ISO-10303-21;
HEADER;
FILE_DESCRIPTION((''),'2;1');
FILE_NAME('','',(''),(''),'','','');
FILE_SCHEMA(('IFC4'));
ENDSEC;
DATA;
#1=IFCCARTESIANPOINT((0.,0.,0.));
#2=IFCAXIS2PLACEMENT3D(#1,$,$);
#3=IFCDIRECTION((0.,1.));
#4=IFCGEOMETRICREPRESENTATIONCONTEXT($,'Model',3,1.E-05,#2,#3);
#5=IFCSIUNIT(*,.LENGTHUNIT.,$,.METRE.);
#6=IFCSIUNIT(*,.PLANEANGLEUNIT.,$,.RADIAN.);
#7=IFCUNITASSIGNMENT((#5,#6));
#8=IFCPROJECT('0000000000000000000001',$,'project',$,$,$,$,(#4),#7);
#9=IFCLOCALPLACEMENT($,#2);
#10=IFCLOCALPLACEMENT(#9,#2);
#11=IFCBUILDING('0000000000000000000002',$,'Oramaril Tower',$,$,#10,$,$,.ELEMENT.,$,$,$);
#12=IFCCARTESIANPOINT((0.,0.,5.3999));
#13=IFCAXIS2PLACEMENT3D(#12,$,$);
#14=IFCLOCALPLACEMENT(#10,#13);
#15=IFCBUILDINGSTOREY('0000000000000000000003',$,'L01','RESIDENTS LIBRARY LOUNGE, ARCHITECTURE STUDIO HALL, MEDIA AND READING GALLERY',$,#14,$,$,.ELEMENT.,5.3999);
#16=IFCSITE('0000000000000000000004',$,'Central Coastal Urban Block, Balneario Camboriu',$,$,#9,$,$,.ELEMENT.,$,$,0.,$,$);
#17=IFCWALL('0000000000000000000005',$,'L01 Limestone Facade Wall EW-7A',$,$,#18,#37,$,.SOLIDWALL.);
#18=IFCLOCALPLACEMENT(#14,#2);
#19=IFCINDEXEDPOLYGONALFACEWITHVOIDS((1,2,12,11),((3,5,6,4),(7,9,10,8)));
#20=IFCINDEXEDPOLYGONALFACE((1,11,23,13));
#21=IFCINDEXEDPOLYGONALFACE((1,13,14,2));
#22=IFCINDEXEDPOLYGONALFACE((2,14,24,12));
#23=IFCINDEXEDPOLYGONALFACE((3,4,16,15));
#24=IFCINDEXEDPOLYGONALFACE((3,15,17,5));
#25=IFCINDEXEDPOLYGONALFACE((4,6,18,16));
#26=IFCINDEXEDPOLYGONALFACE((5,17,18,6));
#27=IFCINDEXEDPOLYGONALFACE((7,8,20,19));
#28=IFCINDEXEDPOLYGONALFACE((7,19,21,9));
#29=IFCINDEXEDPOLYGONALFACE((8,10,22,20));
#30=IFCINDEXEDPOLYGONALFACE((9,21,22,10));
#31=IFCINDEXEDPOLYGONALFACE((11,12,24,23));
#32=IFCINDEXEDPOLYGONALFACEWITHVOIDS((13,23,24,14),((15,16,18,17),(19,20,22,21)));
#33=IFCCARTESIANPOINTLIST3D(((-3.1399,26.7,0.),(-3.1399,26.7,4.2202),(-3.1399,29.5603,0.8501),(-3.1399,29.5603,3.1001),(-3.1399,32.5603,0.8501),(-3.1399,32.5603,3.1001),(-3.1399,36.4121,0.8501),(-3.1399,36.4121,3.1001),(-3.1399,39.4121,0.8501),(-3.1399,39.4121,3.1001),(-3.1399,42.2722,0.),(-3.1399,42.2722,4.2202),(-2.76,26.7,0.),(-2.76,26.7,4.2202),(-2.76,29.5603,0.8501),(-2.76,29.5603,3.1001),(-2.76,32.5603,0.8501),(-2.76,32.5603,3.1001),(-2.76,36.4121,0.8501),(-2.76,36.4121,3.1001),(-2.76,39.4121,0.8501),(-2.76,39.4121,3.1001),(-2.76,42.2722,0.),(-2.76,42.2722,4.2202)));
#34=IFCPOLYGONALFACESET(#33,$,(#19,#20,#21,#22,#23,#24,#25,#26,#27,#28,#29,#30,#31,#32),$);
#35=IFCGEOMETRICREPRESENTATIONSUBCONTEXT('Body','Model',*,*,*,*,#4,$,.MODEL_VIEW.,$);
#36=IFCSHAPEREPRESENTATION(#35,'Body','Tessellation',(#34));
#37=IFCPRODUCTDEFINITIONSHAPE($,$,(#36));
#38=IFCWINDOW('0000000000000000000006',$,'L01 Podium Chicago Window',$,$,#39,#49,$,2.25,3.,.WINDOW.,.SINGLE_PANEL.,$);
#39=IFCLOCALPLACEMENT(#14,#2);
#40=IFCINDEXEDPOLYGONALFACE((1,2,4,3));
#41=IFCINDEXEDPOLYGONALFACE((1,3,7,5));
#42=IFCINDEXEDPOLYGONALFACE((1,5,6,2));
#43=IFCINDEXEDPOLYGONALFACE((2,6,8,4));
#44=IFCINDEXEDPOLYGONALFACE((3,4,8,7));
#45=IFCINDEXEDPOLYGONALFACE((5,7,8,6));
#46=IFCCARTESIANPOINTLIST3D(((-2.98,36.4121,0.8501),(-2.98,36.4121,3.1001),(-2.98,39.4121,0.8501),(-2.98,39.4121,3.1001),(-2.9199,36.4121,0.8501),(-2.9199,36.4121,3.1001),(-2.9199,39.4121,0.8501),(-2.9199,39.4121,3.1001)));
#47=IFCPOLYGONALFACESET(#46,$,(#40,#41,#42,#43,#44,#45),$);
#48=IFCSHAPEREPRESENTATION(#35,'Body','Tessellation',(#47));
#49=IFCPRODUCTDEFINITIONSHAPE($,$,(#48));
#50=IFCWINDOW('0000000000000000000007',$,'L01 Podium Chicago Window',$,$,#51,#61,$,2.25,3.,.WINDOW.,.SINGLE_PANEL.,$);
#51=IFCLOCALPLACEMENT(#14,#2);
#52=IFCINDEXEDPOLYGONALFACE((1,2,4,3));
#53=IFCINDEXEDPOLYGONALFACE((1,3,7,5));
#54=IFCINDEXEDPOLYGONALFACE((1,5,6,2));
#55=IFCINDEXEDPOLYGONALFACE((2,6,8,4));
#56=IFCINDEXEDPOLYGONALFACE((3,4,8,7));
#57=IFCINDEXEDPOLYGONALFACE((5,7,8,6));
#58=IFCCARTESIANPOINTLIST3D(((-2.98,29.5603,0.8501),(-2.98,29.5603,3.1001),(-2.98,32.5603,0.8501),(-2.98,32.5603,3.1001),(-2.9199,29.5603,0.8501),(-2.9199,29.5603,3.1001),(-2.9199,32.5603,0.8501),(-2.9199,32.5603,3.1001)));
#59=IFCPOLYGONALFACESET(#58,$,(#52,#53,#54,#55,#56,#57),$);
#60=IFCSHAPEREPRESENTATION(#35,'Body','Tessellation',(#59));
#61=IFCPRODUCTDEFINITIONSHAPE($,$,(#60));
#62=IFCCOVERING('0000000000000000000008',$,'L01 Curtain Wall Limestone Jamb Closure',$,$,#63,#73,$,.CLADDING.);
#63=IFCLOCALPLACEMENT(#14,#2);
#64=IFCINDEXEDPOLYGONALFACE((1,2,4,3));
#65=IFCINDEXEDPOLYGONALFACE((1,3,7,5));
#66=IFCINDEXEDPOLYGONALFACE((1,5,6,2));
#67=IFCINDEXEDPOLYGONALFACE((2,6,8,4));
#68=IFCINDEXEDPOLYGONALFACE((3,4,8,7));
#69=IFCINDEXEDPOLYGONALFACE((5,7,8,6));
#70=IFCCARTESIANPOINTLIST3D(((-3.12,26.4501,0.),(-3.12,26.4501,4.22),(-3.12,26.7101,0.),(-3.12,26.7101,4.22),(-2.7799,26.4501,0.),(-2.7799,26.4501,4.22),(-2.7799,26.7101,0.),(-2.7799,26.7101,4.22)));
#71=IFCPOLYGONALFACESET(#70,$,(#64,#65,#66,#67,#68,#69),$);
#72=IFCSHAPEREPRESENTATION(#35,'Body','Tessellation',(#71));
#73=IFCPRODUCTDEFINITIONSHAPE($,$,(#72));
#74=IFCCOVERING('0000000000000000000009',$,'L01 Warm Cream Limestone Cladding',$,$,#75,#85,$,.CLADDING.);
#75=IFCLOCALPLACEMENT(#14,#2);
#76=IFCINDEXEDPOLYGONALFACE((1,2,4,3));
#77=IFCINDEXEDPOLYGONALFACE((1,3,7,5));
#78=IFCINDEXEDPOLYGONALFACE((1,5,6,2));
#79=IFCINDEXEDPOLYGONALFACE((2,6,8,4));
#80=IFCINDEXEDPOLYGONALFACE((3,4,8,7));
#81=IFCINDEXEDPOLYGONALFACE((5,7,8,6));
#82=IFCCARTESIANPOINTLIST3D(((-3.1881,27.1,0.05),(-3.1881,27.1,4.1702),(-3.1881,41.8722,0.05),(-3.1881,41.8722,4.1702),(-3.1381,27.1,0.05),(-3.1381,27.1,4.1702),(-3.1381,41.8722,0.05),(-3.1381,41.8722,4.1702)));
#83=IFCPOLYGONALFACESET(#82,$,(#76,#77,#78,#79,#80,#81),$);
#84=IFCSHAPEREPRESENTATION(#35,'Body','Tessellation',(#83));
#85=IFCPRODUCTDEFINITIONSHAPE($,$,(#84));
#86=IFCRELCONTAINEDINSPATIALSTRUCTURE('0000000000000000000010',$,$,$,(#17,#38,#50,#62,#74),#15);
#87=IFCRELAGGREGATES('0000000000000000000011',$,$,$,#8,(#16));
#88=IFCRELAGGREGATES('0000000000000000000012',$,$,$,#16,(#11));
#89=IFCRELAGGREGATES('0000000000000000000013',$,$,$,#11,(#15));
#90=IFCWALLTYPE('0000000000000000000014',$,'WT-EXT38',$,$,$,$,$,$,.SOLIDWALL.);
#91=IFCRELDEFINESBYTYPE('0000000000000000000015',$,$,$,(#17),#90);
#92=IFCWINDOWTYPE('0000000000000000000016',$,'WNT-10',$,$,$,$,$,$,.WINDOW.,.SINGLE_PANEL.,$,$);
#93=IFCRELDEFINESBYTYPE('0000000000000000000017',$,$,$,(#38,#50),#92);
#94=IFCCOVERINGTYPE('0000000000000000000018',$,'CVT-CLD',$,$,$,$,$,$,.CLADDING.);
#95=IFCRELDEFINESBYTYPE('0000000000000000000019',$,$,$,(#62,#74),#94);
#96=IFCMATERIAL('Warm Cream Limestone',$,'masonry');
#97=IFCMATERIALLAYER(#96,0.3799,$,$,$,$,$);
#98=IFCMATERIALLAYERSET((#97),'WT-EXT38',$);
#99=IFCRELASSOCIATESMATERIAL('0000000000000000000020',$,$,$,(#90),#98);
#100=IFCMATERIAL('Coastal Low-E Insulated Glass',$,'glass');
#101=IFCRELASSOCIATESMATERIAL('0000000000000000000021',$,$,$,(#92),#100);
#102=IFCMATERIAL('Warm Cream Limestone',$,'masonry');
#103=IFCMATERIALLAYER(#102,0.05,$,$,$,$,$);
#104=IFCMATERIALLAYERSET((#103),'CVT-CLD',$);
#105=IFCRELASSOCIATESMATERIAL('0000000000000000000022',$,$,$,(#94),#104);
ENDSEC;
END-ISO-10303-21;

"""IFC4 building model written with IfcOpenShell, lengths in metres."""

from ifc_helpers import new_model, si_unit, direction, frame, frame_2d, origin, origin_2d, place, context, subcontext, project, spatial, rectangle, extrude, material, layer, layer_set, type_object, element, fill, save


model = new_model("IFC4")

# Units and contexts
model_context = context("Model", 3, precision=1e-05, world=origin(), true_north=direction((0.0, 1.0)))
body_context = subcontext(model_context, "Body", "Model", "MODEL_VIEW")
ifc_project = project(units=[si_unit("LENGTHUNIT", "METRE"), si_unit("PLANEANGLEUNIT", "RADIAN")], contexts=[model_context])

# Site, building, storey
site_placement = place(None, origin())
site = spatial("IfcSite", under=ifc_project, at=site_placement, Name="Central Coastal Urban Block, Balneario Camboriu", CompositionType="ELEMENT", RefElevation=0.0)
building_placement = place(site_placement, origin())
building = spatial("IfcBuilding", under=site, at=building_placement, Name="Oramaril Tower", CompositionType="ELEMENT")
storey_placement = place(building_placement, frame((0.0, 0.0, 5.3999)))
storey = spatial("IfcBuildingStorey", under=building, at=storey_placement, Name="L01", Description="RESIDENTS LIBRARY LOUNGE, ARCHITECTURE STUDIO HALL, MEDIA AND READING GALLERY", CompositionType="ELEMENT", Elevation=5.3999)

# Shared definitions
ifc_material_1 = material(Name="Warm Cream Limestone", Category="masonry")
ifc_layer_1 = layer(ifc_material_1, 0.3799)
ifc_layer_set_1 = layer_set([ifc_layer_1], Name="WT-EXT38")
wall_type = type_object("IfcWallType", Name="WT-EXT38", PredefinedType="SOLIDWALL", material=ifc_layer_set_1)

# Wall, openings, windows
wall_1_placement = place(storey_placement, frame((-2.95, 42.2722, 0.0), z_axis=(0.0, 0.0, 1.0), x_axis=(0.0, -1.0, 0.0)))
wall_1 = element("IfcWall", 1, at=wall_1_placement, inside=storey, type_object=wall_type, Name="L01 Limestone Facade Wall EW-7A", PredefinedType="SOLIDWALL", context=body_context, shape_type="SweptSolid", body=[
    extrude(rectangle(XDim=15.5723, YDim=0.3799, at=frame_2d((7.7861, 0.0))), origin(), (0.0, 0.0, 1.0), 4.2202),
])
opening_1_placement = place(wall_1_placement, frame((2.8601, 0.0, 0.8501)))
opening_1 = element("IfcOpeningElement", 2, at=opening_1_placement, cuts=wall_1, PredefinedType="OPENING", context=body_context, shape_type="SweptSolid", body=[
    extrude(rectangle(XDim=3.0, YDim=2.25, at=frame_2d((1.5, 1.125))), frame((0.0, 0.1899, 0.0), z_axis=(0.0, -1.0, 0.0), x_axis=(1.0, 0.0, 0.0)), (0.0, 0.0, 1.0), 0.3799),
])
opening_2_placement = place(wall_1_placement, frame((9.7119, 0.0, 0.8501)))
opening_2 = element("IfcOpeningElement", 3, at=opening_2_placement, cuts=wall_1, PredefinedType="OPENING", context=body_context, shape_type="SweptSolid", body=[
    extrude(rectangle(XDim=3.0, YDim=2.25, at=frame_2d((1.5, 1.125))), frame((0.0, 0.1899, 0.0), z_axis=(0.0, -1.0, 0.0), x_axis=(1.0, 0.0, 0.0)), (0.0, 0.0, 1.0), 0.3799),
])
ifc_material_2 = material(Name="Coastal Low-E Insulated Glass", Category="glass")
window_type = type_object("IfcWindowType", Name="WNT-10", PartitioningType="SINGLE_PANEL", PredefinedType="WINDOW", material=ifc_material_2)
window_1_placement = place(opening_1_placement, origin())
window_1 = element("IfcWindow", 4, at=window_1_placement, inside=storey, type_object=window_type, Name="L01 Podium Chicago Window", OverallHeight=2.25, OverallWidth=3.0, PartitioningType="SINGLE_PANEL", PredefinedType="WINDOW", context=body_context, shape_type="SweptSolid", body=[
    extrude(rectangle(XDim=3.0, YDim=2.25, at=frame_2d((1.5, 1.125))), frame((0.0, 0.03, 0.0), z_axis=(0.0, -1.0, 0.0), x_axis=(1.0, 0.0, 0.0)), (0.0, 0.0, 1.0), 0.0601),
])
fill(opening_1, window_1)
window_2_placement = place(opening_2_placement, origin())
window_2 = element("IfcWindow", 5, at=window_2_placement, inside=storey, type_object=window_type, Name="L01 Podium Chicago Window", OverallHeight=2.25, OverallWidth=3.0, PartitioningType="SINGLE_PANEL", PredefinedType="WINDOW", context=body_context, shape_type="SweptSolid", body=[
    extrude(rectangle(XDim=3.0, YDim=2.25, at=frame_2d((1.5, 1.125))), frame((0.0, 0.03, 0.0), z_axis=(0.0, -1.0, 0.0), x_axis=(1.0, 0.0, 0.0)), (0.0, 0.0, 1.0), 0.0601),
])
fill(opening_2, window_2)

# Coverings
ifc_material_3 = material(Name="Warm Cream Limestone", Category="masonry")
ifc_layer_2 = layer(ifc_material_3, 0.05)
ifc_layer_set_2 = layer_set([ifc_layer_2], Name="CVT-CLD")
covering_type = type_object("IfcCoveringType", Name="CVT-CLD", PredefinedType="CLADDING", material=ifc_layer_set_2)
covering_1_placement = place(storey_placement, frame((-2.95, 26.5801, 0.0), z_axis=(0.0, 0.0, 1.0), x_axis=(0.0, -1.0, 0.0)))
element("IfcCovering", 6, at=covering_1_placement, inside=storey, type_object=covering_type, Name="L01 Curtain Wall Limestone Jamb Closure", PredefinedType="CLADDING", context=body_context, shape_type="SweptSolid", body=[
    extrude(rectangle(XDim=0.26, YDim=0.3401, at=origin_2d()), origin(), (0.0, 0.0, 1.0), 4.22),
])
covering_2_placement = place(storey_placement, frame((-3.1631, 34.4861, 0.05), z_axis=(0.0, 0.0, 1.0), x_axis=(0.0, -1.0, 0.0)))
element("IfcCovering", 7, at=covering_2_placement, inside=storey, type_object=covering_type, Name="L01 Warm Cream Limestone Cladding", PredefinedType="CLADDING", context=body_context, shape_type="SweptSolid", body=[
    extrude(rectangle(XDim=14.7722, YDim=0.05, at=origin_2d()), origin(), (0.0, 0.0, 1.0), 4.1201),
])

save(model, "model.ifc")
